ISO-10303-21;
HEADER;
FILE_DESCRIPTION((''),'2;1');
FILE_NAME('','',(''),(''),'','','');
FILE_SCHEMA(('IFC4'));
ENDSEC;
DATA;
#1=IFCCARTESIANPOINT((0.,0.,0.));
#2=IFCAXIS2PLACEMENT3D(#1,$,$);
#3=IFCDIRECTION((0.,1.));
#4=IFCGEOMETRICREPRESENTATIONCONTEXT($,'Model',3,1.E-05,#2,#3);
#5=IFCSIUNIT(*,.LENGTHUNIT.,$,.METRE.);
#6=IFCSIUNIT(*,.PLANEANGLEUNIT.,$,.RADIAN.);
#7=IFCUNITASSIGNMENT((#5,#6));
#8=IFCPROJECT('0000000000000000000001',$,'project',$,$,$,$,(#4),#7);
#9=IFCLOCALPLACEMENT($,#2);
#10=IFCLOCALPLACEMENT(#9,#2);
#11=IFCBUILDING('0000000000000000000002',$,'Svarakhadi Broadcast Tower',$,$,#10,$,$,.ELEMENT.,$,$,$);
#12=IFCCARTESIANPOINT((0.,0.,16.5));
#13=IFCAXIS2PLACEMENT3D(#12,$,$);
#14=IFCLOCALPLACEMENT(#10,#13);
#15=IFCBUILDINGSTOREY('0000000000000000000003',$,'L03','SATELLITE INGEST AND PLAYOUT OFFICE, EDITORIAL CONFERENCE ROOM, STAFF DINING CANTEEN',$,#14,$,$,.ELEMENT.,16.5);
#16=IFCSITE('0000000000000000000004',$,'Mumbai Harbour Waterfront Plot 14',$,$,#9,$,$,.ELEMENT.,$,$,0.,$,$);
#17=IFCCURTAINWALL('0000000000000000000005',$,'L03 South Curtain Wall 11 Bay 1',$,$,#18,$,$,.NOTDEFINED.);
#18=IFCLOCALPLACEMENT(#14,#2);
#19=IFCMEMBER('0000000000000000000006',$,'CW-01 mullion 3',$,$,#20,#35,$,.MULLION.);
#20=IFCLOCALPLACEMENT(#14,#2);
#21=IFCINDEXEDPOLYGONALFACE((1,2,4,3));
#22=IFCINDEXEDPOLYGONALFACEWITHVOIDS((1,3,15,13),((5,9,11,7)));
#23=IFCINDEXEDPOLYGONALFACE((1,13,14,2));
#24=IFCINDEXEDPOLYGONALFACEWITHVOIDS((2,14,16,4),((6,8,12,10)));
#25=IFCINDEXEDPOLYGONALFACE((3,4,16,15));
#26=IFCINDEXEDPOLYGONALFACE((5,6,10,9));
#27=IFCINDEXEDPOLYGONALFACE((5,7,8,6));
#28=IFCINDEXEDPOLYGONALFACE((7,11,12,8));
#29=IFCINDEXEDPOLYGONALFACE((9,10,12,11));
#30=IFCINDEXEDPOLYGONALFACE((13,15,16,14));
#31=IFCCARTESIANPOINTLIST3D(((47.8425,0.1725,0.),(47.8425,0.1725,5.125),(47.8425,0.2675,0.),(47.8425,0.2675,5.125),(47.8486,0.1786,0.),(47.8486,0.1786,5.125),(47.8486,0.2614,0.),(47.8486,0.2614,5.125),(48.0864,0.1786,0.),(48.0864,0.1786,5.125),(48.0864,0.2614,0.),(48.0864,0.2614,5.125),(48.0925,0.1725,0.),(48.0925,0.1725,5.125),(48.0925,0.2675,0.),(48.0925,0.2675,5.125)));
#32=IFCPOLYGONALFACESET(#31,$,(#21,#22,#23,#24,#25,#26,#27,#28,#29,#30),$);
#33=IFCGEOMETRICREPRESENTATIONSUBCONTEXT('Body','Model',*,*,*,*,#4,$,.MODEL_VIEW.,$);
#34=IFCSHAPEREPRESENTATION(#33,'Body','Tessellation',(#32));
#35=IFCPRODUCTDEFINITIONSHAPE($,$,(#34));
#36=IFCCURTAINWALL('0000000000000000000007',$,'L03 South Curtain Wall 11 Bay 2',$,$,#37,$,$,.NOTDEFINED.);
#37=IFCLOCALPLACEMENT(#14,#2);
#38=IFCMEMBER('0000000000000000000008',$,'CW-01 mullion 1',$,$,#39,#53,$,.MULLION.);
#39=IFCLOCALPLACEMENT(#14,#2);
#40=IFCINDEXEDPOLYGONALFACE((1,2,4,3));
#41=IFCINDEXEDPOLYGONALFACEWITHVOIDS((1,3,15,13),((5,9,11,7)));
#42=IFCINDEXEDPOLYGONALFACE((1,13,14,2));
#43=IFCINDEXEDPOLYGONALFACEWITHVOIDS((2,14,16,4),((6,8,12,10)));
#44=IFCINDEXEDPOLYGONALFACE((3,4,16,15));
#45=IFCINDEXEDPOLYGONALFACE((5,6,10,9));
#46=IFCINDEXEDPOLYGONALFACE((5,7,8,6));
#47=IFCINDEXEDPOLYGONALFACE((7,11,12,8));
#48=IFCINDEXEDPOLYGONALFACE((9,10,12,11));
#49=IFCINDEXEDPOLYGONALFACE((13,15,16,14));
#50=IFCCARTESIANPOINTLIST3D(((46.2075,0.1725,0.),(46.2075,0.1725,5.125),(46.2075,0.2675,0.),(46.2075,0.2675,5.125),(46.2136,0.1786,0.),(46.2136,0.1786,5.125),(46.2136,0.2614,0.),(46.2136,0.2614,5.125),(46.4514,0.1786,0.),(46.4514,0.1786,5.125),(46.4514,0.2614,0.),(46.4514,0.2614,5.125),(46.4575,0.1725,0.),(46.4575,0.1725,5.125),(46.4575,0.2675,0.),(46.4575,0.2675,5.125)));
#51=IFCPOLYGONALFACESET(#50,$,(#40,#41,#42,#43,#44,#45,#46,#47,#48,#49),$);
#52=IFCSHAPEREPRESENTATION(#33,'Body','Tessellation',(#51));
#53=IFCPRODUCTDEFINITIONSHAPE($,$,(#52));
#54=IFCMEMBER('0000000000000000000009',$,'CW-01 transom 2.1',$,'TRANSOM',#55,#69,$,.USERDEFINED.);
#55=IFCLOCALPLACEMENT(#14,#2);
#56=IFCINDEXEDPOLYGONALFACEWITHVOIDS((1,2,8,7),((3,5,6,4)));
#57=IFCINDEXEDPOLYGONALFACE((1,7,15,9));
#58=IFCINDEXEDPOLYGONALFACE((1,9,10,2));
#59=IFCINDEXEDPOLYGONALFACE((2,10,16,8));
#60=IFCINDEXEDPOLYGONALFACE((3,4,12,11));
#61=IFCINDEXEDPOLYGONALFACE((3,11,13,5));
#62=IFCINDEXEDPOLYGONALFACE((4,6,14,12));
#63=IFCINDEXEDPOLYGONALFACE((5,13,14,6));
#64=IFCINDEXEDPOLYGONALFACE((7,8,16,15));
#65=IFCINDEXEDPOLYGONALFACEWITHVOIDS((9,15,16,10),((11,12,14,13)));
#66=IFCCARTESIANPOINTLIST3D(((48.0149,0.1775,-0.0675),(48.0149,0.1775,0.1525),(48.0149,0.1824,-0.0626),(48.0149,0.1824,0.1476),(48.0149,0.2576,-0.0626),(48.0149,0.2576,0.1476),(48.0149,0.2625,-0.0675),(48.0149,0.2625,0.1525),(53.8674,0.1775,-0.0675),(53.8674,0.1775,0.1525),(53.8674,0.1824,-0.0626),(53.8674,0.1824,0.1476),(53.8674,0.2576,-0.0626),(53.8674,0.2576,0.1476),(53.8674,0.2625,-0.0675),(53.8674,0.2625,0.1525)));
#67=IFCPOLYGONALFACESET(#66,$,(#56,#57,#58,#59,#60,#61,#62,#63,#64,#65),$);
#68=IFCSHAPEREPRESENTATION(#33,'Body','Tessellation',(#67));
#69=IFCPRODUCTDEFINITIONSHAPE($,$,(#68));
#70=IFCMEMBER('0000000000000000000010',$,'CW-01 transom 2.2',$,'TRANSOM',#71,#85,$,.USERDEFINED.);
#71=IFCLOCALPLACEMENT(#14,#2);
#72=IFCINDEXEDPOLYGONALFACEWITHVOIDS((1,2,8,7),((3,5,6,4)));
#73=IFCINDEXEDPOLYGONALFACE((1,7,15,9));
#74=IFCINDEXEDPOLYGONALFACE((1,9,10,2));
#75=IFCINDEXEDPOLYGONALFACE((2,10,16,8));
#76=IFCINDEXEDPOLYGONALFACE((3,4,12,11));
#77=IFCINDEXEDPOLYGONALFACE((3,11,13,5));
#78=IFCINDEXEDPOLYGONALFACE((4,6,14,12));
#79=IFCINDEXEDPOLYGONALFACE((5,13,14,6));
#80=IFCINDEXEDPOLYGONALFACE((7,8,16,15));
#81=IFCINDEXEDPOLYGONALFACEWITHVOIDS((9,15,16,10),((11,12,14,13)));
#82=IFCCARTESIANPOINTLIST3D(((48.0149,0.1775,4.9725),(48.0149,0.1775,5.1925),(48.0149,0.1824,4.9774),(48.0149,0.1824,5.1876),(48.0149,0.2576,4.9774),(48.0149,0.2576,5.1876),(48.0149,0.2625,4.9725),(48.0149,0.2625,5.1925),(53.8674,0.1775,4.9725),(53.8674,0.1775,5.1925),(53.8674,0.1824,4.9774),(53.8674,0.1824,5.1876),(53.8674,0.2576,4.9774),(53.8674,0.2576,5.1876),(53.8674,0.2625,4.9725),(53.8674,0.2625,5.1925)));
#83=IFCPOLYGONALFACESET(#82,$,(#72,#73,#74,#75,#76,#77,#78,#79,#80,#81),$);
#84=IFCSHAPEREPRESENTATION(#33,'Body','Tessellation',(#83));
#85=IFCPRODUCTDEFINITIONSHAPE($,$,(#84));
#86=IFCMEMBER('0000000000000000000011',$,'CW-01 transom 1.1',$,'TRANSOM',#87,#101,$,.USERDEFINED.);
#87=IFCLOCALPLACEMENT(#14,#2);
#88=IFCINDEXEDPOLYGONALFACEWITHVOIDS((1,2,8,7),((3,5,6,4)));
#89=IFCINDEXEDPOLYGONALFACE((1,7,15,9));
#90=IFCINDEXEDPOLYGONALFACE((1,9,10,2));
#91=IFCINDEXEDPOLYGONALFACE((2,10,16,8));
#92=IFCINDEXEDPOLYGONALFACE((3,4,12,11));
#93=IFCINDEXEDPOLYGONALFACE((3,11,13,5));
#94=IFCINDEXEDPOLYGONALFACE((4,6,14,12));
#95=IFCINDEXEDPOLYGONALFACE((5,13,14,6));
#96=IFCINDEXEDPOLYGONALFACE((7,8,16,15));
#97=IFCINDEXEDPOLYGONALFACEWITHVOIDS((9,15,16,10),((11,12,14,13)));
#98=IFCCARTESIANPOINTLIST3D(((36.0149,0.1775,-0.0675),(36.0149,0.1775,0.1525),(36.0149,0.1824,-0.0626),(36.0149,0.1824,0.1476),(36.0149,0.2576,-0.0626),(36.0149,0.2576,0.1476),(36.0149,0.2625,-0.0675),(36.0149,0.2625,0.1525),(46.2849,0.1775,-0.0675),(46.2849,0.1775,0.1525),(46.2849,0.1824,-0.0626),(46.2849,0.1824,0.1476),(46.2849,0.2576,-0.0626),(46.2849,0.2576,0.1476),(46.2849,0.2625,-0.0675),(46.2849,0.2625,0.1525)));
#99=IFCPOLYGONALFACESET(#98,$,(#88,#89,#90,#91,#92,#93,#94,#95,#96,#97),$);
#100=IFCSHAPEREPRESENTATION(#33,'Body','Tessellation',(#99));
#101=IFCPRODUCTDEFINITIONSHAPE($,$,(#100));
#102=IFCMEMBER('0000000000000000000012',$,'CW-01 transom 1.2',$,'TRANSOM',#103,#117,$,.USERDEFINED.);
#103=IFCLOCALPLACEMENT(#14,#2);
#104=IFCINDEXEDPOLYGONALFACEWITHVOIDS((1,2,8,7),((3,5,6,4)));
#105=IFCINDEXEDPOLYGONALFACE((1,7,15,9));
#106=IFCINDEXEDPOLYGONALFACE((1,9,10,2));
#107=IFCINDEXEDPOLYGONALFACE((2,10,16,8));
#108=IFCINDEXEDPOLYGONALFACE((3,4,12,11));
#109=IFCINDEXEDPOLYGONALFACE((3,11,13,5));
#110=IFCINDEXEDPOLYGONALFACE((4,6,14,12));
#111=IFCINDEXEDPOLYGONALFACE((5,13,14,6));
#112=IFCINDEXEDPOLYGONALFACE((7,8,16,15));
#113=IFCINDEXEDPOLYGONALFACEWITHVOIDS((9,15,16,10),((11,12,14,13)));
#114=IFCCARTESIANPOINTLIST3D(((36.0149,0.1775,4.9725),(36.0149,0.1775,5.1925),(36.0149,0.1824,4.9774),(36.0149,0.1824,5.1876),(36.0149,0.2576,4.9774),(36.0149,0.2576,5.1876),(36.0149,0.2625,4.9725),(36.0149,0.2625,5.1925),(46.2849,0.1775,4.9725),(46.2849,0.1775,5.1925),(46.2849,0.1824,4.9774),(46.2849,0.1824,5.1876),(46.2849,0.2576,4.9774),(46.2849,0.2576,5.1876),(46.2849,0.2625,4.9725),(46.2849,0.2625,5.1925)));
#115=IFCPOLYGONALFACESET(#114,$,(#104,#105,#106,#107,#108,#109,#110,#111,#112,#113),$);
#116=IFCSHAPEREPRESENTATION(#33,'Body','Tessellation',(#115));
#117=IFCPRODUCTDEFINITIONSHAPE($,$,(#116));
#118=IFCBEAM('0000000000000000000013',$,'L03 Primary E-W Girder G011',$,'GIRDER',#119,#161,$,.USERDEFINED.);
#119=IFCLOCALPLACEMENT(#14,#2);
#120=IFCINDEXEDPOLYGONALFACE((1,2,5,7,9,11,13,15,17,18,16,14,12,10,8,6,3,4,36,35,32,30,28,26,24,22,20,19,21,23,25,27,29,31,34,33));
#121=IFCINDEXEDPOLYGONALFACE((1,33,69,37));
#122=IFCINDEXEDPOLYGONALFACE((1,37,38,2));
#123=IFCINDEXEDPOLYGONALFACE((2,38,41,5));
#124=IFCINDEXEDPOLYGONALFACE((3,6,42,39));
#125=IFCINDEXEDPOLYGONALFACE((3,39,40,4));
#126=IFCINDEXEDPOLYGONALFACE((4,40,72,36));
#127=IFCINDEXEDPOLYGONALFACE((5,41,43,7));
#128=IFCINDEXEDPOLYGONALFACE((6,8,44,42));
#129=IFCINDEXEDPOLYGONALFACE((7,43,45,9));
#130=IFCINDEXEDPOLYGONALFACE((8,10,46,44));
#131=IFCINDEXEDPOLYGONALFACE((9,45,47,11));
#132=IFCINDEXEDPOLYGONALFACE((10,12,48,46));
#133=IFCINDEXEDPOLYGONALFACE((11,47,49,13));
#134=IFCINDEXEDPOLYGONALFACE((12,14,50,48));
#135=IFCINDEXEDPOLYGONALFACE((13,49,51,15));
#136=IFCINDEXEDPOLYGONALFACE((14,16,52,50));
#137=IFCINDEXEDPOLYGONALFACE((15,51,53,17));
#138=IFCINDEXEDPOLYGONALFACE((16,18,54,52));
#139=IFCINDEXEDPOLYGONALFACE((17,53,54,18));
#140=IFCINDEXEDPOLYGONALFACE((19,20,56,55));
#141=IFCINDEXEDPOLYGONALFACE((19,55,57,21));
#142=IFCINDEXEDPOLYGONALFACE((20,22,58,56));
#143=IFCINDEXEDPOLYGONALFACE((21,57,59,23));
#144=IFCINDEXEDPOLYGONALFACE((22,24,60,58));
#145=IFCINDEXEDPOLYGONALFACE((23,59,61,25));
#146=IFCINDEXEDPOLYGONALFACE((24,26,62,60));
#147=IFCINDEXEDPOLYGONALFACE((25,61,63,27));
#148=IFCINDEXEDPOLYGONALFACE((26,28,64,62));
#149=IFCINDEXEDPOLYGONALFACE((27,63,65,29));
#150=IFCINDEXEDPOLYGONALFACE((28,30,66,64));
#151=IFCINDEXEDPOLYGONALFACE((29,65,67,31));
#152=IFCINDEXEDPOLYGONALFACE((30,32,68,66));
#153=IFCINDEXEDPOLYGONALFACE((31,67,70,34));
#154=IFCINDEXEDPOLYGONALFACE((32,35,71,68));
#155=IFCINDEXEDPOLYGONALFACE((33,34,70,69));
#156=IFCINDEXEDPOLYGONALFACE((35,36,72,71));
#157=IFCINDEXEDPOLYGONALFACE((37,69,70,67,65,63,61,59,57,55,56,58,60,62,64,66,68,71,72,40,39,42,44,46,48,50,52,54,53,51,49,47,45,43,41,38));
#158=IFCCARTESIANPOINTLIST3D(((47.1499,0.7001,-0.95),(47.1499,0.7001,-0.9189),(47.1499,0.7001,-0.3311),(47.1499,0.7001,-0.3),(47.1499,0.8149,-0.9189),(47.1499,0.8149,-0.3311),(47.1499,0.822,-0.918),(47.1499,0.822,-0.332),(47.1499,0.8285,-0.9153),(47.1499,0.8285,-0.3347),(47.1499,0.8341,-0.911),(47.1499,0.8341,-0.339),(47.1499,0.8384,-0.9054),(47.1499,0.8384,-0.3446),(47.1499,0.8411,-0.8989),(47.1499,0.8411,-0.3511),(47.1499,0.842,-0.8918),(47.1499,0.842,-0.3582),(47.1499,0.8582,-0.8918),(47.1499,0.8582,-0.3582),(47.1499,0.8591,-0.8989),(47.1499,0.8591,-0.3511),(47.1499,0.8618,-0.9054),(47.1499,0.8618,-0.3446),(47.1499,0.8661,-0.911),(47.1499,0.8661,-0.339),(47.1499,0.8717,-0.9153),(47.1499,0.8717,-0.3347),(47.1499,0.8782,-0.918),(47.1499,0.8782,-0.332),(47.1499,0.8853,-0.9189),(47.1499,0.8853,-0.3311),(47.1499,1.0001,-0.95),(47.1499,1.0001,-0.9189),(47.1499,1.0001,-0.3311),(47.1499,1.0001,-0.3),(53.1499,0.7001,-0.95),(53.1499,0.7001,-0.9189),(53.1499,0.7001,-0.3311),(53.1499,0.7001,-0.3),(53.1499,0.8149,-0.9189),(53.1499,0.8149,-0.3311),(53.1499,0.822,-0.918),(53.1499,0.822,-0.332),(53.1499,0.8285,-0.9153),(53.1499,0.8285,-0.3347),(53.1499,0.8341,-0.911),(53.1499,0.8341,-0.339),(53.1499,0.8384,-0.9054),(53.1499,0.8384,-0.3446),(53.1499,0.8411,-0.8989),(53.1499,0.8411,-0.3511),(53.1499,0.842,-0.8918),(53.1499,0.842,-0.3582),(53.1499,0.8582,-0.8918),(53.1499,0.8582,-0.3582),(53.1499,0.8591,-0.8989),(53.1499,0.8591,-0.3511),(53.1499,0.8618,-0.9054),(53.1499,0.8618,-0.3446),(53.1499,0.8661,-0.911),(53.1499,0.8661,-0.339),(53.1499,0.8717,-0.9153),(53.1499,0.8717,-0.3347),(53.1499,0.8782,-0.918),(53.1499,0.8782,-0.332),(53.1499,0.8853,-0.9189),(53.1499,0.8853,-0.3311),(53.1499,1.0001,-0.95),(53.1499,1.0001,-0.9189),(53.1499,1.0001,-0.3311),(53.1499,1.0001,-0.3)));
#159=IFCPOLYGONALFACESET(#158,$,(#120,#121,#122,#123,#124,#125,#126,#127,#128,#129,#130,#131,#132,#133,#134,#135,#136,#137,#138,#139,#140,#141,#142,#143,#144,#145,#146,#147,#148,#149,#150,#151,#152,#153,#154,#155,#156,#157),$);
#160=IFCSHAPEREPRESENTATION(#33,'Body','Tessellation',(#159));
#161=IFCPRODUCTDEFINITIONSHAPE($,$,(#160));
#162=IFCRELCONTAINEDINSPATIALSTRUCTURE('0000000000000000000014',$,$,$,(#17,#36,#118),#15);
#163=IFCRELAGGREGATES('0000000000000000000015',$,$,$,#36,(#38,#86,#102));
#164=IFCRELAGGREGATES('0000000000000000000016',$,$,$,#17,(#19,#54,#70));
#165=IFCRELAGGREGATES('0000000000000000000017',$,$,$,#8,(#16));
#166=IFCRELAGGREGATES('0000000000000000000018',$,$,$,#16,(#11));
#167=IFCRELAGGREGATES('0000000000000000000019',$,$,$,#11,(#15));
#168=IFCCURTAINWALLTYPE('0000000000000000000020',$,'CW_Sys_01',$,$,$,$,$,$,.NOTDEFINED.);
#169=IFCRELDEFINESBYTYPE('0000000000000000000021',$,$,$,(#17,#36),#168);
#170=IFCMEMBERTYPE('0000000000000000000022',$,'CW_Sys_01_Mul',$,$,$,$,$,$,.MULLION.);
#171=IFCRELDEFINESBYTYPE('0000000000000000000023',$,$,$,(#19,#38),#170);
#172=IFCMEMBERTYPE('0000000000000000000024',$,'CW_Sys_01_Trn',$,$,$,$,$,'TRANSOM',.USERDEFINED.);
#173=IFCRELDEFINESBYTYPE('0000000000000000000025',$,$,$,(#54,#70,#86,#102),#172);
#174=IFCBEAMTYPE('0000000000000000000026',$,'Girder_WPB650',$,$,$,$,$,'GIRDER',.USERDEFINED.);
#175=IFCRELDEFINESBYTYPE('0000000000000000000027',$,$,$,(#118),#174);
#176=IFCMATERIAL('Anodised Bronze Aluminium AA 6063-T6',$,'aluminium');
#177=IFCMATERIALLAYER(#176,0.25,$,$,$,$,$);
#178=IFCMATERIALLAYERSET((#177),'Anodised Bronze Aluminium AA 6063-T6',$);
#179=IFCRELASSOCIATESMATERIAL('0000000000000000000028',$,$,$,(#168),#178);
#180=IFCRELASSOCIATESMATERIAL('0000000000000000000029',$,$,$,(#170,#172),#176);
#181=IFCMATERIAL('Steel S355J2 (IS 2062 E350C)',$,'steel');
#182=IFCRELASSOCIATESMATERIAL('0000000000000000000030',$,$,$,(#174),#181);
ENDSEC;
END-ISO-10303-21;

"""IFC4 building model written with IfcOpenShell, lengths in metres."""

from ifc_helpers import new_model, si_unit, direction, frame, origin, origin_2d, place, context, subcontext, project, spatial, hollow_rectangle, i_section, extrude, material, layer, layer_set, material_profile, profile_set, type_object, element, aggregate, save


model = new_model("IFC4")

# Units and contexts
model_context = context("Model", 3, precision=1e-05, world=origin(), true_north=direction((0.0, 1.0)))
body_context = subcontext(model_context, "Body", "Model", "MODEL_VIEW")
ifc_project = project(units=[si_unit("LENGTHUNIT", "METRE"), si_unit("PLANEANGLEUNIT", "RADIAN")], contexts=[model_context])

# Site, building, storey
site_placement = place(None, origin())
site = spatial("IfcSite", under=ifc_project, at=site_placement, Name="Mumbai Harbour Waterfront Plot 14", CompositionType="ELEMENT", RefElevation=0.0)
building_placement = place(site_placement, origin())
building = spatial("IfcBuilding", under=site, at=building_placement, Name="Svarakhadi Broadcast Tower", CompositionType="ELEMENT")
storey_placement = place(building_placement, frame((0.0, 0.0, 16.5)))
storey = spatial("IfcBuildingStorey", under=building, at=storey_placement, Name="L03", Description="SATELLITE INGEST AND PLAYOUT OFFICE, EDITORIAL CONFERENCE ROOM, STAFF DINING CANTEEN", CompositionType="ELEMENT", Elevation=16.5)

# Shared definitions
ifc_material_1 = material(Name="Steel S355J2 (IS 2062 E350C)", Category="steel")

# Curtain wall, member
ifc_material_2 = material(Name="Anodised Bronze Aluminium AA 6063-T6", Category="aluminium")
ifc_layer_1 = layer(ifc_material_2, 0.25)
ifc_layer_set_1 = layer_set([ifc_layer_1], Name="Anodised Bronze Aluminium AA 6063-T6")
curtain_wall_type = type_object("IfcCurtainWallType", Name="CW_Sys_01", PredefinedType="NOTDEFINED", material=ifc_layer_set_1)
curtain_wall_1_placement = place(storey_placement, origin())
curtain_wall_1 = element("IfcCurtainWall", 1, at=curtain_wall_1_placement, inside=storey, type_object=curtain_wall_type, Name="L03 South Curtain Wall 11 Bay 1", PredefinedType="NOTDEFINED")
ifc_material_profile_1 = material_profile(ifc_material_2, hollow_rectangle(XDim=0.095, YDim=0.25, WallThickness=0.0061, at=origin_2d()), Name="ALU MULLION 250x95x6")
ifc_profile_set_1 = profile_set([ifc_material_profile_1], Name="Anodised Bronze Aluminium AA 6063-T6")
member_type_1 = type_object("IfcMemberType", Name="CW_Sys_01_Mul", PredefinedType="MULLION", material=ifc_profile_set_1)
member_1_placement = place(storey_placement, frame((47.9675, 0.22, 0.0), z_axis=(0.0, 0.0, 1.0), x_axis=(0.0, -1.0, 0.0)))
member_1 = element("IfcMember", 2, at=member_1_placement, type_object=member_type_1, Name="CW-01 mullion 3", PredefinedType="MULLION", context=body_context, shape_type="SweptSolid", body=[
    extrude(hollow_rectangle(XDim=0.095, YDim=0.25, WallThickness=0.0061, at=origin_2d()), origin(), (0.0, 0.0, 1.0), 5.125),
])

# Curtain wall, member
curtain_wall_2_placement = place(storey_placement, origin())
curtain_wall_2 = element("IfcCurtainWall", 3, at=curtain_wall_2_placement, inside=storey, type_object=curtain_wall_type, Name="L03 South Curtain Wall 11 Bay 2", PredefinedType="NOTDEFINED")
member_2_placement = place(storey_placement, frame((46.3325, 0.22, 0.0), z_axis=(0.0, 0.0, 1.0), x_axis=(0.0, -1.0, 0.0)))
member_2 = element("IfcMember", 4, at=member_2_placement, type_object=member_type_1, Name="CW-01 mullion 1", PredefinedType="MULLION", context=body_context, shape_type="SweptSolid", body=[
    extrude(hollow_rectangle(XDim=0.095, YDim=0.25, WallThickness=0.0061, at=origin_2d()), origin(), (0.0, 0.0, 1.0), 5.125),
])

# Members
ifc_material_profile_2 = material_profile(ifc_material_2, hollow_rectangle(XDim=0.085, YDim=0.22, WallThickness=0.0049, at=origin_2d()), Name="ALU TRANSOM 220x85x5")
ifc_profile_set_2 = profile_set([ifc_material_profile_2], Name="Anodised Bronze Aluminium AA 6063-T6")
member_type_2 = type_object("IfcMemberType", Name="CW_Sys_01_Trn", ElementType="TRANSOM", PredefinedType="USERDEFINED", material=ifc_profile_set_2)
member_3_placement = place(storey_placement, frame((53.8674, 0.22, 0.0425), z_axis=(-1.0, 0.0, 0.0), x_axis=(0.0, -1.0, 0.0)))
member_3 = element("IfcMember", 5, at=member_3_placement, type_object=member_type_2, Name="CW-01 transom 2.1", ObjectType="TRANSOM", PredefinedType="USERDEFINED", context=body_context, shape_type="SweptSolid", body=[
    extrude(hollow_rectangle(XDim=0.085, YDim=0.22, WallThickness=0.0049, at=origin_2d()), origin(), (0.0, 0.0, 1.0), 5.8525),
])
member_4_placement = place(storey_placement, frame((53.8674, 0.22, 5.0825), z_axis=(-1.0, 0.0, 0.0), x_axis=(0.0, -1.0, 0.0)))
member_4 = element("IfcMember", 6, at=member_4_placement, type_object=member_type_2, Name="CW-01 transom 2.2", ObjectType="TRANSOM", PredefinedType="USERDEFINED", context=body_context, shape_type="SweptSolid", body=[
    extrude(hollow_rectangle(XDim=0.085, YDim=0.22, WallThickness=0.0049, at=origin_2d()), origin(), (0.0, 0.0, 1.0), 5.8525),
])
member_5_placement = place(storey_placement, frame((46.2849, 0.22, 0.0425), z_axis=(-1.0, 0.0, 0.0), x_axis=(0.0, -1.0, 0.0)))
member_5 = element("IfcMember", 7, at=member_5_placement, type_object=member_type_2, Name="CW-01 transom 1.1", ObjectType="TRANSOM", PredefinedType="USERDEFINED", context=body_context, shape_type="SweptSolid", body=[
    extrude(hollow_rectangle(XDim=0.085, YDim=0.22, WallThickness=0.0049, at=origin_2d()), origin(), (0.0, 0.0, 1.0), 10.27),
])
member_6_placement = place(storey_placement, frame((46.2849, 0.22, 5.0825), z_axis=(-1.0, 0.0, 0.0), x_axis=(0.0, -1.0, 0.0)))
member_6 = element("IfcMember", 8, at=member_6_placement, type_object=member_type_2, Name="CW-01 transom 1.2", ObjectType="TRANSOM", PredefinedType="USERDEFINED", context=body_context, shape_type="SweptSolid", body=[
    extrude(hollow_rectangle(XDim=0.085, YDim=0.22, WallThickness=0.0049, at=origin_2d()), origin(), (0.0, 0.0, 1.0), 10.27),
])
aggregate(curtain_wall_2, [member_2, member_5, member_6])

# Beam
ifc_material_profile_3 = material_profile(ifc_material_1, i_section(OverallWidth=0.3, OverallDepth=0.6499, WebThickness=0.0161, FlangeThickness=0.031, FilletRadius=0.0271, at=origin_2d()), Name="WPB 650x300x225")
ifc_profile_set_3 = profile_set([ifc_material_profile_3], Name="Steel S355J2 (IS 2062 E350C)")
beam_type_1 = type_object("IfcBeamType", Name="Girder_WPB650", ElementType="GIRDER", PredefinedType="USERDEFINED", material=ifc_profile_set_3)
for number, where, z_axis, x_axis, name in (
    (9, (47.1499, 0.8501, -0.625), (1.0, 0.0, 0.0), (0.0, 1.0, 0.0), "L03 Primary E-W Girder G011"),
):
    element("IfcBeam", number, at=place(storey_placement, frame(where, z_axis=z_axis, x_axis=x_axis)), inside=storey, type_object=beam_type_1, Name=name, ObjectType="GIRDER", PredefinedType="USERDEFINED", context=body_context, shape_type="SweptSolid", body=[
        extrude(i_section(OverallWidth=0.3, OverallDepth=0.6499, WebThickness=0.0161, FlangeThickness=0.031, FilletRadius=0.0271, at=origin_2d()), origin(), (0.0, 0.0, 1.0), 6.0),
    ])

aggregate(curtain_wall_1, [member_1, member_3, member_4])

save(model, "model.ifc")
